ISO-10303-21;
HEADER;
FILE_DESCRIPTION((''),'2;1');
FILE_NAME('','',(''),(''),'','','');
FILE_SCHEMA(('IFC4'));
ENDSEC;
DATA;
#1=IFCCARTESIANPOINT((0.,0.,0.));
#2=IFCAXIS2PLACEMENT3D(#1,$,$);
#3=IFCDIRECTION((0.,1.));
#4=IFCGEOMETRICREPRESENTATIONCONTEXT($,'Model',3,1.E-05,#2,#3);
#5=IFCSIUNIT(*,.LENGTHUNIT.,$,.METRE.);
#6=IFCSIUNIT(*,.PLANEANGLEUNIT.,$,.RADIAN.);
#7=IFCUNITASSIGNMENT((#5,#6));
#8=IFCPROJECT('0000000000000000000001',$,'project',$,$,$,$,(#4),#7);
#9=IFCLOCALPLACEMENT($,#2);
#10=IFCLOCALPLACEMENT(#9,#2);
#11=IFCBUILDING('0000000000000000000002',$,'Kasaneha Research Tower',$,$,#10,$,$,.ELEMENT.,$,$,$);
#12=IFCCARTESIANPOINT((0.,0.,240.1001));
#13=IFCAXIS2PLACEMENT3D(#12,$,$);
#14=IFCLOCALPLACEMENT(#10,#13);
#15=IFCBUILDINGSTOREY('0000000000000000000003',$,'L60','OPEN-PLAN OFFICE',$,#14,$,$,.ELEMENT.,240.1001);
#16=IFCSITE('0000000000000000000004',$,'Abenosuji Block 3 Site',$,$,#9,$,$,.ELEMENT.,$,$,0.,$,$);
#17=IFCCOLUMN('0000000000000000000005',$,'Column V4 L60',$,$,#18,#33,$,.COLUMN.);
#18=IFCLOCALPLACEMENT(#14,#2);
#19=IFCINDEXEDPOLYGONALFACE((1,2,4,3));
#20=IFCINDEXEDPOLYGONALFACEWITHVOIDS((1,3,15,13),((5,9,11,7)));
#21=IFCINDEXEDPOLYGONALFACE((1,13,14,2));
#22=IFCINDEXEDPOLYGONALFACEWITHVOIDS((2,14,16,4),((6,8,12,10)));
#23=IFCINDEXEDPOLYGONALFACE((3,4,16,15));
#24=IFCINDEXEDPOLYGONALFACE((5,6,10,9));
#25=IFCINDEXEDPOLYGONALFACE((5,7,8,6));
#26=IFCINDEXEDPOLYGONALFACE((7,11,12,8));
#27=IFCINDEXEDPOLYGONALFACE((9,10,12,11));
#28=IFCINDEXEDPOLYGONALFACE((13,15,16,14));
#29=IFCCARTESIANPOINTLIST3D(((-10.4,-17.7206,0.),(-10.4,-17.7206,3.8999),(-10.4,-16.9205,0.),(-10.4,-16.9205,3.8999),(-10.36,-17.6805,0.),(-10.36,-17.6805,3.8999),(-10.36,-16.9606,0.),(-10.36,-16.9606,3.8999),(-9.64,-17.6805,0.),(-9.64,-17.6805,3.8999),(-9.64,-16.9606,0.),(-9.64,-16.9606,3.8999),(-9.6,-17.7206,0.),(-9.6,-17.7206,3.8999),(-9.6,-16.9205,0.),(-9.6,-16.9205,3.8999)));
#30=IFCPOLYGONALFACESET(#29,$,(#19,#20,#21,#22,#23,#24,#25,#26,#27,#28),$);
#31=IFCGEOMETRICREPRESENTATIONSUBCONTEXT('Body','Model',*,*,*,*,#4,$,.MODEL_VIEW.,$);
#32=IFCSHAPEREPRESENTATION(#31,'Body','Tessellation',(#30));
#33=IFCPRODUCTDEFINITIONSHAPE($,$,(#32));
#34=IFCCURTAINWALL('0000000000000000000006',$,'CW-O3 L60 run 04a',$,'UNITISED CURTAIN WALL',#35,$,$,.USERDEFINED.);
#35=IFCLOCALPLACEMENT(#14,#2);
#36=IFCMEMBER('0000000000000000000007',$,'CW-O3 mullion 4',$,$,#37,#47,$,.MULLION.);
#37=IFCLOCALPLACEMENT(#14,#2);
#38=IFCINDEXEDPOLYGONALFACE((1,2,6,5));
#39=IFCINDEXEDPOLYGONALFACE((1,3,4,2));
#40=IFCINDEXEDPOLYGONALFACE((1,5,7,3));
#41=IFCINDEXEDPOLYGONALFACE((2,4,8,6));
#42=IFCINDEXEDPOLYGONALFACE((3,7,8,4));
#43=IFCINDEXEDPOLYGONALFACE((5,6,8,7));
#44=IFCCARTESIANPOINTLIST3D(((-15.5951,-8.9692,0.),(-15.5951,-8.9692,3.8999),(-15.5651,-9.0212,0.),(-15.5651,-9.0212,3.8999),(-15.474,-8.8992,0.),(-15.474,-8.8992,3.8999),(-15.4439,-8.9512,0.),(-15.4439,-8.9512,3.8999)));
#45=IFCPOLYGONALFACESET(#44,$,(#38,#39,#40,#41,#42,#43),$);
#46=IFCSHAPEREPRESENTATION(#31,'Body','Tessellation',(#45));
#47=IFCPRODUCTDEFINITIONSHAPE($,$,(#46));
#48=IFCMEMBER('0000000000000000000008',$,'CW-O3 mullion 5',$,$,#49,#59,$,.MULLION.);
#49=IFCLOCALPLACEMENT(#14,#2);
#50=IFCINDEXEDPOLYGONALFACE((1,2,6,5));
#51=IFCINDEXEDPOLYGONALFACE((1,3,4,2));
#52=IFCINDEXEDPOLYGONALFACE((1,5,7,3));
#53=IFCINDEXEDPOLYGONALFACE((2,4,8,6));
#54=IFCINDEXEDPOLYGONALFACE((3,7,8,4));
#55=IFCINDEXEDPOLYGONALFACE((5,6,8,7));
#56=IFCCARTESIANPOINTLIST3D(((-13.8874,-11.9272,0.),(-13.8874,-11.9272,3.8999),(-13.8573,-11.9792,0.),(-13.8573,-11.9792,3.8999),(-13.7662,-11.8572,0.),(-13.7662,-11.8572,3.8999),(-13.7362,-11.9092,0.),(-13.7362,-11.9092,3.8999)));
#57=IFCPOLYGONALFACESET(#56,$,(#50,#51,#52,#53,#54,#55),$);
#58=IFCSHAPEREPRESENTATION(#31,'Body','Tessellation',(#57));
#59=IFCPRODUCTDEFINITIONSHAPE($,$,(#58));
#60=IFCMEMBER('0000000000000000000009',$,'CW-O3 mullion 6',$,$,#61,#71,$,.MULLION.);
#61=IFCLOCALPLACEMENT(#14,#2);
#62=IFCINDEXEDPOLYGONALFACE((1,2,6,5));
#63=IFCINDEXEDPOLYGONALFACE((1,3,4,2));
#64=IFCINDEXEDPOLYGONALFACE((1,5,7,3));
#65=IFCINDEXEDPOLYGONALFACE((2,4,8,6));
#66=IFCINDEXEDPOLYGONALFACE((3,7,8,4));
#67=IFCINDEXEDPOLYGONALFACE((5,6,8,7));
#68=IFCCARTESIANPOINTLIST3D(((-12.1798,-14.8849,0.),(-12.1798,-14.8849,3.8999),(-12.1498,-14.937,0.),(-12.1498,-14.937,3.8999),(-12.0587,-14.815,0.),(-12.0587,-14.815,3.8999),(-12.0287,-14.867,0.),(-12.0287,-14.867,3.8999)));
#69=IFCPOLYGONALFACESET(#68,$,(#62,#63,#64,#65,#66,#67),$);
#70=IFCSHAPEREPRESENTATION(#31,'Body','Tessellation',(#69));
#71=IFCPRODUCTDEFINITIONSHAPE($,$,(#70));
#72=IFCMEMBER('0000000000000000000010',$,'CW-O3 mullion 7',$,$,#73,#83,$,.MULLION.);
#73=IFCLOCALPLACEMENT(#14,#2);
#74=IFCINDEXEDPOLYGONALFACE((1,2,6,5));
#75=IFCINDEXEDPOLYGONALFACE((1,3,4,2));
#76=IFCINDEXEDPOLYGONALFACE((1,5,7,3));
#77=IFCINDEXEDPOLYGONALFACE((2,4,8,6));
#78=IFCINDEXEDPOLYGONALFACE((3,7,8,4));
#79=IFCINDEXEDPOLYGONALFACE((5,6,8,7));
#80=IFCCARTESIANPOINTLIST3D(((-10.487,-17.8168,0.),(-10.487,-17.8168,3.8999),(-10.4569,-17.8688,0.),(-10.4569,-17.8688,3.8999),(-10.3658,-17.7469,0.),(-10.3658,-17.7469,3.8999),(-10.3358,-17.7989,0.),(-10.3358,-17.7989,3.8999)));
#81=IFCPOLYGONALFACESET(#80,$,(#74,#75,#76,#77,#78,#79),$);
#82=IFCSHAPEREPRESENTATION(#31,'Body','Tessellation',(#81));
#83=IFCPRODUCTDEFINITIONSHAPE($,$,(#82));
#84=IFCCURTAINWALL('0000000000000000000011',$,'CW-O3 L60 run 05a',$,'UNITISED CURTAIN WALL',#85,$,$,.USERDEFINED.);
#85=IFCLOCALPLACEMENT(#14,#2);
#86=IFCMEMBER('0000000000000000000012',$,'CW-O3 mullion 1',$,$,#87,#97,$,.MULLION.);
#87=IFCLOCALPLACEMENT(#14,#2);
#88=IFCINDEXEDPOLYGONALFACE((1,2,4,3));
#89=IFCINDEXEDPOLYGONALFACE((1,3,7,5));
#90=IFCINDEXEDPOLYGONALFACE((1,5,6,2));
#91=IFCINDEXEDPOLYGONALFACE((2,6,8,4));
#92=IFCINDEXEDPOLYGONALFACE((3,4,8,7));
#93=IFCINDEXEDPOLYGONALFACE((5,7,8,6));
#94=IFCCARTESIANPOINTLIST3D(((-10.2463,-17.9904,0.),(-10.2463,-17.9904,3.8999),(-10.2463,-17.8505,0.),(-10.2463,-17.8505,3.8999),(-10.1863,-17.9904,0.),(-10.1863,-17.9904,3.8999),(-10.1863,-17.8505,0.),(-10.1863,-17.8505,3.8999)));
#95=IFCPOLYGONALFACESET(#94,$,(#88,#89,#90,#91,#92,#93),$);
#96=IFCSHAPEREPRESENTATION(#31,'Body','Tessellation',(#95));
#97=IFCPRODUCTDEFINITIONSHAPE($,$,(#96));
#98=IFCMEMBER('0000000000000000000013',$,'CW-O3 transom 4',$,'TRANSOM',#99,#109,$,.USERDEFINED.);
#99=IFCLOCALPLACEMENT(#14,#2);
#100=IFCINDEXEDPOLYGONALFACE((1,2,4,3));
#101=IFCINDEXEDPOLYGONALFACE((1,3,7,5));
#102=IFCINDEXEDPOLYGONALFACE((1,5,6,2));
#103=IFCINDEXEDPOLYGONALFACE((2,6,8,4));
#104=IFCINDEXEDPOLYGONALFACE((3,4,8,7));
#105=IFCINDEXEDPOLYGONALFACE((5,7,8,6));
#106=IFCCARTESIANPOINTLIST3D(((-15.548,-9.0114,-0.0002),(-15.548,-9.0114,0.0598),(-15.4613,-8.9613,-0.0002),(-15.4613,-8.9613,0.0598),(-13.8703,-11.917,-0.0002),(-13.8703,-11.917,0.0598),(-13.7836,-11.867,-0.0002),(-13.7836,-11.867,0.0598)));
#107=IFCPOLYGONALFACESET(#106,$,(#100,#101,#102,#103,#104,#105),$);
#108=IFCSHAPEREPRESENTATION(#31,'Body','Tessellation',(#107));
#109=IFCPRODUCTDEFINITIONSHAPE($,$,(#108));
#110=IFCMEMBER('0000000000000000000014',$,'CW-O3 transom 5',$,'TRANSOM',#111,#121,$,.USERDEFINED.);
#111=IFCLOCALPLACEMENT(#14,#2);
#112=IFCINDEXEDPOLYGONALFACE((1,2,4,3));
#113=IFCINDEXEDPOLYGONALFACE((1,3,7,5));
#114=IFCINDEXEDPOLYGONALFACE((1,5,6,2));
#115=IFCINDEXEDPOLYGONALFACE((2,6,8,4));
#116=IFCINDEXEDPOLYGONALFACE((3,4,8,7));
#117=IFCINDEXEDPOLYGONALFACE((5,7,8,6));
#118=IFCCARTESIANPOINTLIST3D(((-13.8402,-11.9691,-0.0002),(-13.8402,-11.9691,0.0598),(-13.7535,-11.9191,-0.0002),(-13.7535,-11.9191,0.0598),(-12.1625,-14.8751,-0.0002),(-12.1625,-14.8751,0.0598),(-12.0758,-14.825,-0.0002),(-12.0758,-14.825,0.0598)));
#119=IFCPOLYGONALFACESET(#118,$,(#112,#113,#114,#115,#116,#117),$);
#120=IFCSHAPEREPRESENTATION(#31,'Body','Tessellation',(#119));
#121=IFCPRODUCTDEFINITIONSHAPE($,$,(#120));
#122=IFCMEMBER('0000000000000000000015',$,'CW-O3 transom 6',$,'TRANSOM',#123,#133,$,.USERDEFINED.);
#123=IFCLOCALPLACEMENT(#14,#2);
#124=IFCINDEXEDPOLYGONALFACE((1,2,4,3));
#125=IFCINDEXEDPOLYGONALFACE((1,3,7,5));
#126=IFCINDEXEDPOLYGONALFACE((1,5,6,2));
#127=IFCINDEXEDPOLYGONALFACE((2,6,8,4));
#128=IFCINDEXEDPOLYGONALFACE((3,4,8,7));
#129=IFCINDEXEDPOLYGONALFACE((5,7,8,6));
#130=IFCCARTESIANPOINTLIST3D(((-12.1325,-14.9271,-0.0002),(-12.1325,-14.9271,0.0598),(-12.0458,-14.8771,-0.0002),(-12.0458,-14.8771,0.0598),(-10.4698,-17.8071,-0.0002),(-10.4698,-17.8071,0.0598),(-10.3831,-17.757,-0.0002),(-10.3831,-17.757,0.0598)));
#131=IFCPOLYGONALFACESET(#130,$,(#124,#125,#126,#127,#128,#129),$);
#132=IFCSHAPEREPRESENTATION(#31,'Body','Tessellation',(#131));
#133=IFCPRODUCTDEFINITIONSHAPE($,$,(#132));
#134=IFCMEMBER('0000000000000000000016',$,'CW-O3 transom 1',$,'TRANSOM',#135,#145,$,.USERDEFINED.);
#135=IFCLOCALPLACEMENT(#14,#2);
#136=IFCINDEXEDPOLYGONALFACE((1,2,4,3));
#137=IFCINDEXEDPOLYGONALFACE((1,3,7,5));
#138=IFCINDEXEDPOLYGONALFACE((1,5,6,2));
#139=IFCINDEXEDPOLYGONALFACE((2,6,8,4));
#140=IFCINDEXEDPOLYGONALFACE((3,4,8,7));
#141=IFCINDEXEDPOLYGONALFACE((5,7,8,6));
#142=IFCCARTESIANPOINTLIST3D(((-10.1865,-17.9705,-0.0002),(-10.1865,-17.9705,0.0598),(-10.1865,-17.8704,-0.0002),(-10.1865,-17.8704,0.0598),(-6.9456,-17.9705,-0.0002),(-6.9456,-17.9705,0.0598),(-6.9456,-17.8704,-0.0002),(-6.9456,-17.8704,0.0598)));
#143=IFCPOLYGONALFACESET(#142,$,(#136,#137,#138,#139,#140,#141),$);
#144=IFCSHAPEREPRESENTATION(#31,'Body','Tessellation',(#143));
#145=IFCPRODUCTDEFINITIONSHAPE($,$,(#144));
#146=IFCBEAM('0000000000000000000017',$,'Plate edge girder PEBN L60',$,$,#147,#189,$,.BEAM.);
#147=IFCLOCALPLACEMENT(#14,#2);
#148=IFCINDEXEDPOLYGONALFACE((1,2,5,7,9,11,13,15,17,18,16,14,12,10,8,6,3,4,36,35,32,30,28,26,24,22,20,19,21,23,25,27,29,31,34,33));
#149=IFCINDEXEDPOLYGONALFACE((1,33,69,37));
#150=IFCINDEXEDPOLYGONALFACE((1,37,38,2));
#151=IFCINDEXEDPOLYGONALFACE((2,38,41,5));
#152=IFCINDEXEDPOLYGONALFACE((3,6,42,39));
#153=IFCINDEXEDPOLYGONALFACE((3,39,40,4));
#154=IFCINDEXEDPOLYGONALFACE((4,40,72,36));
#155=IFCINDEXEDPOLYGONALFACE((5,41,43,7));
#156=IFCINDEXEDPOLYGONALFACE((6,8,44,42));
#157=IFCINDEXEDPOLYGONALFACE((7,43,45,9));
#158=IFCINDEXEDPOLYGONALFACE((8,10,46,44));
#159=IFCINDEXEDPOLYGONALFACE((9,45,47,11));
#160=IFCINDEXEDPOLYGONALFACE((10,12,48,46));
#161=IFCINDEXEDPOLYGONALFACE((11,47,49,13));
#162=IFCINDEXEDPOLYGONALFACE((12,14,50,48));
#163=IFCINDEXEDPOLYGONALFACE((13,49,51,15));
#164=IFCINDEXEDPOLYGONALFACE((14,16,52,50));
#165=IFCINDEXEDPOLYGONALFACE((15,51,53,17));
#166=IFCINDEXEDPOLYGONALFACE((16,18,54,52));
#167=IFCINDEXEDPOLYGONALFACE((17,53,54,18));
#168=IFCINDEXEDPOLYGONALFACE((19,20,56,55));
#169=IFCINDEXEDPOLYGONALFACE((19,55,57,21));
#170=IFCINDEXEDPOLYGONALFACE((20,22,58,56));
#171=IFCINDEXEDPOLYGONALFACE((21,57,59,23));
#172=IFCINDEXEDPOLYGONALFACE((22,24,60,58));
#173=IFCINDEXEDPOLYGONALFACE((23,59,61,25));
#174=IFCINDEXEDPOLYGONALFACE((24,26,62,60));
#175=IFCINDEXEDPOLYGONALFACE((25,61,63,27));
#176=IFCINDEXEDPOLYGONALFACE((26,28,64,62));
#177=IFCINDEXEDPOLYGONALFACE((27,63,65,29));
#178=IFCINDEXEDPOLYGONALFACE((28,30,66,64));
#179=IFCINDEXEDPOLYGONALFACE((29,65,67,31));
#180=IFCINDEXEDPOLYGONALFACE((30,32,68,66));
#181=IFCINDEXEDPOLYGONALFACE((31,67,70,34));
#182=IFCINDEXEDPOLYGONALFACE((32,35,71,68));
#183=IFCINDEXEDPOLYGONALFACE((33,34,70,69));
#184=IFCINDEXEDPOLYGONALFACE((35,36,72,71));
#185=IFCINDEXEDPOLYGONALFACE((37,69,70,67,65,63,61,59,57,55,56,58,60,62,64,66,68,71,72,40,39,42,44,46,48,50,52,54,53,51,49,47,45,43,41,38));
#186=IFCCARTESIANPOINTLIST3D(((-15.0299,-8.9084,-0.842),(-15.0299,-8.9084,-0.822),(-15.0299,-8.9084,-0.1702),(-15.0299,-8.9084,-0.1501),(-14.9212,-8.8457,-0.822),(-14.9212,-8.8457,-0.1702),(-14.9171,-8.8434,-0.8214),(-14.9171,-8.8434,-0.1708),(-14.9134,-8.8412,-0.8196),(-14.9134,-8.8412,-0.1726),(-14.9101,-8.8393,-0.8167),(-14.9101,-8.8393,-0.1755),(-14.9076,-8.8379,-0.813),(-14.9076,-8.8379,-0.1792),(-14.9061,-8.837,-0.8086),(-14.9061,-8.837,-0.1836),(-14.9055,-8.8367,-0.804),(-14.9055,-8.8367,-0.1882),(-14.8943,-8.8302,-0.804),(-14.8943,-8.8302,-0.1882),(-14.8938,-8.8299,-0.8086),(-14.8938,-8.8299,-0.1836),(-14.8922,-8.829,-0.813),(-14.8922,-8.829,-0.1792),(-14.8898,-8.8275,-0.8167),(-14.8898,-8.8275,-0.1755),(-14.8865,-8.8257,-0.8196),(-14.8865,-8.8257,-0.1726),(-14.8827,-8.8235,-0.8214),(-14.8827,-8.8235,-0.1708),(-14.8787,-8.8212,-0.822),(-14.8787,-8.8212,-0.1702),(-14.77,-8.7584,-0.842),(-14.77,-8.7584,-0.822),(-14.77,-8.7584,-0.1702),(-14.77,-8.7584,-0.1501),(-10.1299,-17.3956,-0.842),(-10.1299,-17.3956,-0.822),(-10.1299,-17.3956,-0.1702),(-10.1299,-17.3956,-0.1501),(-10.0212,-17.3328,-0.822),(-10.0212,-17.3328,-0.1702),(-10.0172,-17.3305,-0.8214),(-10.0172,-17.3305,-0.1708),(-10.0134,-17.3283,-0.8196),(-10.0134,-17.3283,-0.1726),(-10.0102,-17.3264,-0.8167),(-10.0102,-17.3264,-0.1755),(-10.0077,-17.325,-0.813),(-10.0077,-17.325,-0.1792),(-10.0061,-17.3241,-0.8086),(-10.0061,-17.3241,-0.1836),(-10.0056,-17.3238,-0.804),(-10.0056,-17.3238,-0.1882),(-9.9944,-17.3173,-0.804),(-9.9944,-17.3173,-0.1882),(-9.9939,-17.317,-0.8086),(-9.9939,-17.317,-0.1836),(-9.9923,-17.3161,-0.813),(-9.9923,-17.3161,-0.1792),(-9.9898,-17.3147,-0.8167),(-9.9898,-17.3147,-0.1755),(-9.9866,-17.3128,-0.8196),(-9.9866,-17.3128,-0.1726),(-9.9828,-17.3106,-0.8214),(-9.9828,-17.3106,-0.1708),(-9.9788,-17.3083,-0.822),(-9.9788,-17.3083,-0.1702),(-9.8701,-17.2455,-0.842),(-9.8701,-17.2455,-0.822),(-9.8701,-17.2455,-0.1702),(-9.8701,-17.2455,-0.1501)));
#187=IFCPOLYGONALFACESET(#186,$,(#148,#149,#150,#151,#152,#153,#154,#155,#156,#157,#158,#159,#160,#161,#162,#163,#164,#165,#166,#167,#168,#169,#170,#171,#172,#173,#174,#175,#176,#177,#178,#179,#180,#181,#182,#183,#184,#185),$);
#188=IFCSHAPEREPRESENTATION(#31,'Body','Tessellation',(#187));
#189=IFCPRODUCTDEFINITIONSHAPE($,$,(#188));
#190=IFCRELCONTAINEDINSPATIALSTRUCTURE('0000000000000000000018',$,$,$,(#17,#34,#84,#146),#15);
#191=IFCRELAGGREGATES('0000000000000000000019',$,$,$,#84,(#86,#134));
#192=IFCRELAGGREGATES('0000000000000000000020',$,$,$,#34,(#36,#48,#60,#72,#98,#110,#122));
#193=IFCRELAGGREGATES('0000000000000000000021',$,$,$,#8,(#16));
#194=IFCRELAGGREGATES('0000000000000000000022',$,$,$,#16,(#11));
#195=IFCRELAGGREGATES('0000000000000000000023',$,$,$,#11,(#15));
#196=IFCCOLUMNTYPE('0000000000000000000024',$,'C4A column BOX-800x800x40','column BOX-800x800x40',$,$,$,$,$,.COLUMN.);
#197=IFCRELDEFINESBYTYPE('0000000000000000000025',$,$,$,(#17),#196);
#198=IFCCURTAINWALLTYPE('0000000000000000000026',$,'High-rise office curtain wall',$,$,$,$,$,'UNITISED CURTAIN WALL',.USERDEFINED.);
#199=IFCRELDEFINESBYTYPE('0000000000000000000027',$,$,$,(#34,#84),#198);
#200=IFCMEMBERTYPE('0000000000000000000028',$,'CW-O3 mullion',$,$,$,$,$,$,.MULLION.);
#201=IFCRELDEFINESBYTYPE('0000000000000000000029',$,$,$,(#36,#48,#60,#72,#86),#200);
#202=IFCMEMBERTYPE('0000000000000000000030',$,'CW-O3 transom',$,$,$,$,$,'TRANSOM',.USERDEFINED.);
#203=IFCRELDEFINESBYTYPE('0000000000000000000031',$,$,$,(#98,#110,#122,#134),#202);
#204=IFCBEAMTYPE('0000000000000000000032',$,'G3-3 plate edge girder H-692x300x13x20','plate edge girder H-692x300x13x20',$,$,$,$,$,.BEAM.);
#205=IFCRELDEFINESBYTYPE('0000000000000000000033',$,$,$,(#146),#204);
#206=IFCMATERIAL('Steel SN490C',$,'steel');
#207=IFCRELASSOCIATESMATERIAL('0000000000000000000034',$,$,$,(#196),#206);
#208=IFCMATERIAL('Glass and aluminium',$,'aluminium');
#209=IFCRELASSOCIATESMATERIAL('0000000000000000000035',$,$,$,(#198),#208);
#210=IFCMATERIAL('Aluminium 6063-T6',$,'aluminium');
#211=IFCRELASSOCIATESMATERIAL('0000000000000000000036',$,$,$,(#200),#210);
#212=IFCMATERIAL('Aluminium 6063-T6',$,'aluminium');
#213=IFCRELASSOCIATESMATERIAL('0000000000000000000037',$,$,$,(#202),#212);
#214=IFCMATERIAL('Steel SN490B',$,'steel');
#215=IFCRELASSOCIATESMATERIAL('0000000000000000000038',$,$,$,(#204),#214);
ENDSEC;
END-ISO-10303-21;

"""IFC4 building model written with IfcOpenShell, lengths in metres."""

from ifc_helpers import new_model, si_unit, direction, frame, origin, origin_2d, place, context, subcontext, project, spatial, rectangle, hollow_rectangle, i_section, extrude, material, material_profile, profile_set, type_object, element, aggregate, save


model = new_model("IFC4")

# Units and contexts
model_context = context("Model", 3, precision=1e-05, world=origin(), true_north=direction((0.0, 1.0)))
body_context = subcontext(model_context, "Body", "Model", "MODEL_VIEW")
ifc_project = project(units=[si_unit("LENGTHUNIT", "METRE"), si_unit("PLANEANGLEUNIT", "RADIAN")], contexts=[model_context])

# Site, building, storey
site_placement = place(None, origin())
site = spatial("IfcSite", under=ifc_project, at=site_placement, Name="Abenosuji Block 3 Site", CompositionType="ELEMENT", RefElevation=0.0)
building_placement = place(site_placement, origin())
building = spatial("IfcBuilding", under=site, at=building_placement, Name="Kasaneha Research Tower", CompositionType="ELEMENT")
storey_placement = place(building_placement, frame((0.0, 0.0, 240.1001)))
storey = spatial("IfcBuildingStorey", under=building, at=storey_placement, Name="L60", Description="OPEN-PLAN OFFICE", CompositionType="ELEMENT", Elevation=240.1001)

# Column
ifc_material_1 = material(Name="Steel SN490C", Category="steel")
ifc_material_profile_1 = material_profile(ifc_material_1, hollow_rectangle(XDim=0.8, YDim=0.8, WallThickness=0.04, at=origin_2d()), Name="BOX-800x800x40")
ifc_profile_set_1 = profile_set([ifc_material_profile_1], Name="Steel SN490C")
column_type = type_object("IfcColumnType", Name="C4A column BOX-800x800x40", Description="column BOX-800x800x40", PredefinedType="COLUMN", material=ifc_profile_set_1)
column_placement = place(storey_placement, frame((-10.0, -17.3206, 0.0), z_axis=(0.0, 0.0, 1.0), x_axis=(1.0, 0.0, 0.0)))
element("IfcColumn", 1, at=column_placement, inside=storey, type_object=column_type, Name="Column V4 L60", PredefinedType="COLUMN", context=body_context, shape_type="SweptSolid", body=[
    extrude(hollow_rectangle(XDim=0.8, YDim=0.8, WallThickness=0.04, at=origin_2d()), origin(), (0.0, 0.0, 1.0), 3.8999),
])

# Curtain wall, members
ifc_material_2 = material(Name="Glass and aluminium", Category="aluminium")
curtain_wall_type = type_object("IfcCurtainWallType", Name="High-rise office curtain wall", ElementType="UNITISED CURTAIN WALL", PredefinedType="USERDEFINED", material=ifc_material_2)
curtain_wall_1_placement = place(storey_placement, origin())
curtain_wall_1 = element("IfcCurtainWall", 2, at=curtain_wall_1_placement, inside=storey, type_object=curtain_wall_type, Name="CW-O3 L60 run 04a", ObjectType="UNITISED CURTAIN WALL", PredefinedType="USERDEFINED")
ifc_material_3 = material(Name="Aluminium 6063-T6", Category="aluminium")
ifc_material_profile_2 = material_profile(ifc_material_3, rectangle(XDim=0.0601, YDim=0.1399, at=origin_2d()), Name="CW-O3 mullion 60x140")
ifc_profile_set_2 = profile_set([ifc_material_profile_2], Name="Aluminium 6063-T6")
member_type_1 = type_object("IfcMemberType", Name="CW-O3 mullion", PredefinedType="MULLION", material=ifc_profile_set_2)
member_1_placement = place(storey_placement, frame((-15.5195, -8.9602, 0.0), z_axis=(0.0, 0.0, 1.0), x_axis=(0.5, -0.866025, 0.0)))
member_1 = element("IfcMember", 3, at=member_1_placement, type_object=member_type_1, Name="CW-O3 mullion 4", PredefinedType="MULLION", context=body_context, shape_type="SweptSolid", body=[
    extrude(rectangle(XDim=0.0601, YDim=0.1399, at=origin_2d()), origin(), (0.0, 0.0, 1.0), 3.8999),
])
member_2_placement = place(storey_placement, frame((-13.8118, -11.9182, 0.0), z_axis=(0.0, 0.0, 1.0), x_axis=(0.5, -0.866025, 0.0)))
member_2 = element("IfcMember", 4, at=member_2_placement, type_object=member_type_1, Name="CW-O3 mullion 5", PredefinedType="MULLION", context=body_context, shape_type="SweptSolid", body=[
    extrude(rectangle(XDim=0.0601, YDim=0.1399, at=origin_2d()), origin(), (0.0, 0.0, 1.0), 3.8999),
])
member_3_placement = place(storey_placement, frame((-12.1042, -14.876, 0.0), z_axis=(0.0, 0.0, 1.0), x_axis=(0.5, -0.866025, 0.0)))
member_3 = element("IfcMember", 5, at=member_3_placement, type_object=member_type_1, Name="CW-O3 mullion 6", PredefinedType="MULLION", context=body_context, shape_type="SweptSolid", body=[
    extrude(rectangle(XDim=0.0601, YDim=0.1399, at=origin_2d()), origin(), (0.0, 0.0, 1.0), 3.8999),
])
member_4_placement = place(storey_placement, frame((-10.4114, -17.8079, 0.0), z_axis=(0.0, 0.0, 1.0), x_axis=(0.5, -0.866025, 0.0)))
member_4 = element("IfcMember", 6, at=member_4_placement, type_object=member_type_1, Name="CW-O3 mullion 7", PredefinedType="MULLION", context=body_context, shape_type="SweptSolid", body=[
    extrude(rectangle(XDim=0.0601, YDim=0.1399, at=origin_2d()), origin(), (0.0, 0.0, 1.0), 3.8999),
])

# Curtain wall, member
curtain_wall_2_placement = place(storey_placement, origin())
curtain_wall_2 = element("IfcCurtainWall", 7, at=curtain_wall_2_placement, inside=storey, type_object=curtain_wall_type, Name="CW-O3 L60 run 05a", ObjectType="UNITISED CURTAIN WALL", PredefinedType="USERDEFINED")
member_5_placement = place(storey_placement, frame((-10.2163, -17.9204, 0.0), z_axis=(0.0, 0.0, 1.0), x_axis=(1.0, 0.0, 0.0)))
member_5 = element("IfcMember", 8, at=member_5_placement, type_object=member_type_1, Name="CW-O3 mullion 1", PredefinedType="MULLION", context=body_context, shape_type="SweptSolid", body=[
    extrude(rectangle(XDim=0.0601, YDim=0.1399, at=origin_2d()), origin(), (0.0, 0.0, 1.0), 3.8999),
])

# Members
ifc_material_4 = material(Name="Aluminium 6063-T6", Category="aluminium")
ifc_material_profile_3 = material_profile(ifc_material_4, rectangle(XDim=0.1001, YDim=0.0601, at=origin_2d()), Name="CW-O3 transom 100x60")
ifc_profile_set_3 = profile_set([ifc_material_profile_3], Name="Aluminium 6063-T6")
member_type_2 = type_object("IfcMemberType", Name="CW-O3 transom", ElementType="TRANSOM", PredefinedType="USERDEFINED", material=ifc_profile_set_3)
member_6_placement = place(storey_placement, frame((-15.5046, -8.9863, 0.0298), z_axis=(0.500021, -0.866014, 0.0), x_axis=(0.866014, 0.500021, 0.0)))
member_6 = element("IfcMember", 9, at=member_6_placement, type_object=member_type_2, Name="CW-O3 transom 4", ObjectType="TRANSOM", PredefinedType="USERDEFINED", context=body_context, shape_type="SweptSolid", body=[
    extrude(rectangle(XDim=0.1001, YDim=0.0601, at=origin_2d()), origin(), (0.0, 0.0, 1.0), 3.3552),
])
member_7_placement = place(storey_placement, frame((-13.7969, -11.9441, 0.0298), z_axis=(0.499989, -0.866032, 0.0), x_axis=(0.866032, 0.499989, 0.0)))
member_7 = element("IfcMember", 10, at=member_7_placement, type_object=member_type_2, Name="CW-O3 transom 5", ObjectType="TRANSOM", PredefinedType="USERDEFINED", context=body_context, shape_type="SweptSolid", body=[
    extrude(rectangle(XDim=0.1001, YDim=0.0601, at=origin_2d()), origin(), (0.0, 0.0, 1.0), 3.3555),
])
member_8_placement = place(storey_placement, frame((-12.0891, -14.9021, 0.0298), z_axis=(0.499977, -0.866039, 0.0), x_axis=(0.866039, 0.499977, 0.0)))
member_8 = element("IfcMember", 11, at=member_8_placement, type_object=member_type_2, Name="CW-O3 transom 6", ObjectType="TRANSOM", PredefinedType="USERDEFINED", context=body_context, shape_type="SweptSolid", body=[
    extrude(rectangle(XDim=0.1001, YDim=0.0601, at=origin_2d()), origin(), (0.0, 0.0, 1.0), 3.3254),
])
member_9_placement = place(storey_placement, frame((-10.1865, -17.9204, 0.0298), z_axis=(1.0, 0.0, 0.0), x_axis=(0.0, 1.0, 0.0)))
member_9 = element("IfcMember", 12, at=member_9_placement, type_object=member_type_2, Name="CW-O3 transom 1", ObjectType="TRANSOM", PredefinedType="USERDEFINED", context=body_context, shape_type="SweptSolid", body=[
    extrude(rectangle(XDim=0.1001, YDim=0.0601, at=origin_2d()), origin(), (0.0, 0.0, 1.0), 3.241),
])
aggregate(curtain_wall_2, [member_5, member_9])

# Beam
ifc_material_5 = material(Name="Steel SN490B", Category="steel")
ifc_material_profile_4 = material_profile(ifc_material_5, i_section(OverallWidth=0.3, OverallDepth=0.6919, WebThickness=0.0129, FlangeThickness=0.02, FilletRadius=0.0181, at=origin_2d()), Name="H-692x300x13x20")
ifc_profile_set_4 = profile_set([ifc_material_profile_4], Name="Steel SN490B")
beam_type_1 = type_object("IfcBeamType", Name="G3-3 plate edge girder H-692x300x13x20", Description="plate edge girder H-692x300x13x20", PredefinedType="BEAM", material=ifc_profile_set_4)
beam_1_placement = place(storey_placement, frame((-10.0, -17.3206, -0.4961), z_axis=(-0.499992, 0.86603, 0.0), x_axis=(-0.86603, -0.499992, 0.0)))
element("IfcBeam", 13, at=beam_1_placement, inside=storey, type_object=beam_type_1, Name="Plate edge girder PEBN L60", PredefinedType="BEAM", context=body_context, shape_type="SweptSolid", body=[
    extrude(i_section(OverallWidth=0.3, OverallDepth=0.6919, WebThickness=0.0129, FlangeThickness=0.02, FilletRadius=0.0181, at=origin_2d()), origin(), (0.0, 0.0, 1.0), 9.8),
])

aggregate(curtain_wall_1, [member_1, member_2, member_3, member_4, member_6, member_7, member_8])

save(model, "model.ifc")
